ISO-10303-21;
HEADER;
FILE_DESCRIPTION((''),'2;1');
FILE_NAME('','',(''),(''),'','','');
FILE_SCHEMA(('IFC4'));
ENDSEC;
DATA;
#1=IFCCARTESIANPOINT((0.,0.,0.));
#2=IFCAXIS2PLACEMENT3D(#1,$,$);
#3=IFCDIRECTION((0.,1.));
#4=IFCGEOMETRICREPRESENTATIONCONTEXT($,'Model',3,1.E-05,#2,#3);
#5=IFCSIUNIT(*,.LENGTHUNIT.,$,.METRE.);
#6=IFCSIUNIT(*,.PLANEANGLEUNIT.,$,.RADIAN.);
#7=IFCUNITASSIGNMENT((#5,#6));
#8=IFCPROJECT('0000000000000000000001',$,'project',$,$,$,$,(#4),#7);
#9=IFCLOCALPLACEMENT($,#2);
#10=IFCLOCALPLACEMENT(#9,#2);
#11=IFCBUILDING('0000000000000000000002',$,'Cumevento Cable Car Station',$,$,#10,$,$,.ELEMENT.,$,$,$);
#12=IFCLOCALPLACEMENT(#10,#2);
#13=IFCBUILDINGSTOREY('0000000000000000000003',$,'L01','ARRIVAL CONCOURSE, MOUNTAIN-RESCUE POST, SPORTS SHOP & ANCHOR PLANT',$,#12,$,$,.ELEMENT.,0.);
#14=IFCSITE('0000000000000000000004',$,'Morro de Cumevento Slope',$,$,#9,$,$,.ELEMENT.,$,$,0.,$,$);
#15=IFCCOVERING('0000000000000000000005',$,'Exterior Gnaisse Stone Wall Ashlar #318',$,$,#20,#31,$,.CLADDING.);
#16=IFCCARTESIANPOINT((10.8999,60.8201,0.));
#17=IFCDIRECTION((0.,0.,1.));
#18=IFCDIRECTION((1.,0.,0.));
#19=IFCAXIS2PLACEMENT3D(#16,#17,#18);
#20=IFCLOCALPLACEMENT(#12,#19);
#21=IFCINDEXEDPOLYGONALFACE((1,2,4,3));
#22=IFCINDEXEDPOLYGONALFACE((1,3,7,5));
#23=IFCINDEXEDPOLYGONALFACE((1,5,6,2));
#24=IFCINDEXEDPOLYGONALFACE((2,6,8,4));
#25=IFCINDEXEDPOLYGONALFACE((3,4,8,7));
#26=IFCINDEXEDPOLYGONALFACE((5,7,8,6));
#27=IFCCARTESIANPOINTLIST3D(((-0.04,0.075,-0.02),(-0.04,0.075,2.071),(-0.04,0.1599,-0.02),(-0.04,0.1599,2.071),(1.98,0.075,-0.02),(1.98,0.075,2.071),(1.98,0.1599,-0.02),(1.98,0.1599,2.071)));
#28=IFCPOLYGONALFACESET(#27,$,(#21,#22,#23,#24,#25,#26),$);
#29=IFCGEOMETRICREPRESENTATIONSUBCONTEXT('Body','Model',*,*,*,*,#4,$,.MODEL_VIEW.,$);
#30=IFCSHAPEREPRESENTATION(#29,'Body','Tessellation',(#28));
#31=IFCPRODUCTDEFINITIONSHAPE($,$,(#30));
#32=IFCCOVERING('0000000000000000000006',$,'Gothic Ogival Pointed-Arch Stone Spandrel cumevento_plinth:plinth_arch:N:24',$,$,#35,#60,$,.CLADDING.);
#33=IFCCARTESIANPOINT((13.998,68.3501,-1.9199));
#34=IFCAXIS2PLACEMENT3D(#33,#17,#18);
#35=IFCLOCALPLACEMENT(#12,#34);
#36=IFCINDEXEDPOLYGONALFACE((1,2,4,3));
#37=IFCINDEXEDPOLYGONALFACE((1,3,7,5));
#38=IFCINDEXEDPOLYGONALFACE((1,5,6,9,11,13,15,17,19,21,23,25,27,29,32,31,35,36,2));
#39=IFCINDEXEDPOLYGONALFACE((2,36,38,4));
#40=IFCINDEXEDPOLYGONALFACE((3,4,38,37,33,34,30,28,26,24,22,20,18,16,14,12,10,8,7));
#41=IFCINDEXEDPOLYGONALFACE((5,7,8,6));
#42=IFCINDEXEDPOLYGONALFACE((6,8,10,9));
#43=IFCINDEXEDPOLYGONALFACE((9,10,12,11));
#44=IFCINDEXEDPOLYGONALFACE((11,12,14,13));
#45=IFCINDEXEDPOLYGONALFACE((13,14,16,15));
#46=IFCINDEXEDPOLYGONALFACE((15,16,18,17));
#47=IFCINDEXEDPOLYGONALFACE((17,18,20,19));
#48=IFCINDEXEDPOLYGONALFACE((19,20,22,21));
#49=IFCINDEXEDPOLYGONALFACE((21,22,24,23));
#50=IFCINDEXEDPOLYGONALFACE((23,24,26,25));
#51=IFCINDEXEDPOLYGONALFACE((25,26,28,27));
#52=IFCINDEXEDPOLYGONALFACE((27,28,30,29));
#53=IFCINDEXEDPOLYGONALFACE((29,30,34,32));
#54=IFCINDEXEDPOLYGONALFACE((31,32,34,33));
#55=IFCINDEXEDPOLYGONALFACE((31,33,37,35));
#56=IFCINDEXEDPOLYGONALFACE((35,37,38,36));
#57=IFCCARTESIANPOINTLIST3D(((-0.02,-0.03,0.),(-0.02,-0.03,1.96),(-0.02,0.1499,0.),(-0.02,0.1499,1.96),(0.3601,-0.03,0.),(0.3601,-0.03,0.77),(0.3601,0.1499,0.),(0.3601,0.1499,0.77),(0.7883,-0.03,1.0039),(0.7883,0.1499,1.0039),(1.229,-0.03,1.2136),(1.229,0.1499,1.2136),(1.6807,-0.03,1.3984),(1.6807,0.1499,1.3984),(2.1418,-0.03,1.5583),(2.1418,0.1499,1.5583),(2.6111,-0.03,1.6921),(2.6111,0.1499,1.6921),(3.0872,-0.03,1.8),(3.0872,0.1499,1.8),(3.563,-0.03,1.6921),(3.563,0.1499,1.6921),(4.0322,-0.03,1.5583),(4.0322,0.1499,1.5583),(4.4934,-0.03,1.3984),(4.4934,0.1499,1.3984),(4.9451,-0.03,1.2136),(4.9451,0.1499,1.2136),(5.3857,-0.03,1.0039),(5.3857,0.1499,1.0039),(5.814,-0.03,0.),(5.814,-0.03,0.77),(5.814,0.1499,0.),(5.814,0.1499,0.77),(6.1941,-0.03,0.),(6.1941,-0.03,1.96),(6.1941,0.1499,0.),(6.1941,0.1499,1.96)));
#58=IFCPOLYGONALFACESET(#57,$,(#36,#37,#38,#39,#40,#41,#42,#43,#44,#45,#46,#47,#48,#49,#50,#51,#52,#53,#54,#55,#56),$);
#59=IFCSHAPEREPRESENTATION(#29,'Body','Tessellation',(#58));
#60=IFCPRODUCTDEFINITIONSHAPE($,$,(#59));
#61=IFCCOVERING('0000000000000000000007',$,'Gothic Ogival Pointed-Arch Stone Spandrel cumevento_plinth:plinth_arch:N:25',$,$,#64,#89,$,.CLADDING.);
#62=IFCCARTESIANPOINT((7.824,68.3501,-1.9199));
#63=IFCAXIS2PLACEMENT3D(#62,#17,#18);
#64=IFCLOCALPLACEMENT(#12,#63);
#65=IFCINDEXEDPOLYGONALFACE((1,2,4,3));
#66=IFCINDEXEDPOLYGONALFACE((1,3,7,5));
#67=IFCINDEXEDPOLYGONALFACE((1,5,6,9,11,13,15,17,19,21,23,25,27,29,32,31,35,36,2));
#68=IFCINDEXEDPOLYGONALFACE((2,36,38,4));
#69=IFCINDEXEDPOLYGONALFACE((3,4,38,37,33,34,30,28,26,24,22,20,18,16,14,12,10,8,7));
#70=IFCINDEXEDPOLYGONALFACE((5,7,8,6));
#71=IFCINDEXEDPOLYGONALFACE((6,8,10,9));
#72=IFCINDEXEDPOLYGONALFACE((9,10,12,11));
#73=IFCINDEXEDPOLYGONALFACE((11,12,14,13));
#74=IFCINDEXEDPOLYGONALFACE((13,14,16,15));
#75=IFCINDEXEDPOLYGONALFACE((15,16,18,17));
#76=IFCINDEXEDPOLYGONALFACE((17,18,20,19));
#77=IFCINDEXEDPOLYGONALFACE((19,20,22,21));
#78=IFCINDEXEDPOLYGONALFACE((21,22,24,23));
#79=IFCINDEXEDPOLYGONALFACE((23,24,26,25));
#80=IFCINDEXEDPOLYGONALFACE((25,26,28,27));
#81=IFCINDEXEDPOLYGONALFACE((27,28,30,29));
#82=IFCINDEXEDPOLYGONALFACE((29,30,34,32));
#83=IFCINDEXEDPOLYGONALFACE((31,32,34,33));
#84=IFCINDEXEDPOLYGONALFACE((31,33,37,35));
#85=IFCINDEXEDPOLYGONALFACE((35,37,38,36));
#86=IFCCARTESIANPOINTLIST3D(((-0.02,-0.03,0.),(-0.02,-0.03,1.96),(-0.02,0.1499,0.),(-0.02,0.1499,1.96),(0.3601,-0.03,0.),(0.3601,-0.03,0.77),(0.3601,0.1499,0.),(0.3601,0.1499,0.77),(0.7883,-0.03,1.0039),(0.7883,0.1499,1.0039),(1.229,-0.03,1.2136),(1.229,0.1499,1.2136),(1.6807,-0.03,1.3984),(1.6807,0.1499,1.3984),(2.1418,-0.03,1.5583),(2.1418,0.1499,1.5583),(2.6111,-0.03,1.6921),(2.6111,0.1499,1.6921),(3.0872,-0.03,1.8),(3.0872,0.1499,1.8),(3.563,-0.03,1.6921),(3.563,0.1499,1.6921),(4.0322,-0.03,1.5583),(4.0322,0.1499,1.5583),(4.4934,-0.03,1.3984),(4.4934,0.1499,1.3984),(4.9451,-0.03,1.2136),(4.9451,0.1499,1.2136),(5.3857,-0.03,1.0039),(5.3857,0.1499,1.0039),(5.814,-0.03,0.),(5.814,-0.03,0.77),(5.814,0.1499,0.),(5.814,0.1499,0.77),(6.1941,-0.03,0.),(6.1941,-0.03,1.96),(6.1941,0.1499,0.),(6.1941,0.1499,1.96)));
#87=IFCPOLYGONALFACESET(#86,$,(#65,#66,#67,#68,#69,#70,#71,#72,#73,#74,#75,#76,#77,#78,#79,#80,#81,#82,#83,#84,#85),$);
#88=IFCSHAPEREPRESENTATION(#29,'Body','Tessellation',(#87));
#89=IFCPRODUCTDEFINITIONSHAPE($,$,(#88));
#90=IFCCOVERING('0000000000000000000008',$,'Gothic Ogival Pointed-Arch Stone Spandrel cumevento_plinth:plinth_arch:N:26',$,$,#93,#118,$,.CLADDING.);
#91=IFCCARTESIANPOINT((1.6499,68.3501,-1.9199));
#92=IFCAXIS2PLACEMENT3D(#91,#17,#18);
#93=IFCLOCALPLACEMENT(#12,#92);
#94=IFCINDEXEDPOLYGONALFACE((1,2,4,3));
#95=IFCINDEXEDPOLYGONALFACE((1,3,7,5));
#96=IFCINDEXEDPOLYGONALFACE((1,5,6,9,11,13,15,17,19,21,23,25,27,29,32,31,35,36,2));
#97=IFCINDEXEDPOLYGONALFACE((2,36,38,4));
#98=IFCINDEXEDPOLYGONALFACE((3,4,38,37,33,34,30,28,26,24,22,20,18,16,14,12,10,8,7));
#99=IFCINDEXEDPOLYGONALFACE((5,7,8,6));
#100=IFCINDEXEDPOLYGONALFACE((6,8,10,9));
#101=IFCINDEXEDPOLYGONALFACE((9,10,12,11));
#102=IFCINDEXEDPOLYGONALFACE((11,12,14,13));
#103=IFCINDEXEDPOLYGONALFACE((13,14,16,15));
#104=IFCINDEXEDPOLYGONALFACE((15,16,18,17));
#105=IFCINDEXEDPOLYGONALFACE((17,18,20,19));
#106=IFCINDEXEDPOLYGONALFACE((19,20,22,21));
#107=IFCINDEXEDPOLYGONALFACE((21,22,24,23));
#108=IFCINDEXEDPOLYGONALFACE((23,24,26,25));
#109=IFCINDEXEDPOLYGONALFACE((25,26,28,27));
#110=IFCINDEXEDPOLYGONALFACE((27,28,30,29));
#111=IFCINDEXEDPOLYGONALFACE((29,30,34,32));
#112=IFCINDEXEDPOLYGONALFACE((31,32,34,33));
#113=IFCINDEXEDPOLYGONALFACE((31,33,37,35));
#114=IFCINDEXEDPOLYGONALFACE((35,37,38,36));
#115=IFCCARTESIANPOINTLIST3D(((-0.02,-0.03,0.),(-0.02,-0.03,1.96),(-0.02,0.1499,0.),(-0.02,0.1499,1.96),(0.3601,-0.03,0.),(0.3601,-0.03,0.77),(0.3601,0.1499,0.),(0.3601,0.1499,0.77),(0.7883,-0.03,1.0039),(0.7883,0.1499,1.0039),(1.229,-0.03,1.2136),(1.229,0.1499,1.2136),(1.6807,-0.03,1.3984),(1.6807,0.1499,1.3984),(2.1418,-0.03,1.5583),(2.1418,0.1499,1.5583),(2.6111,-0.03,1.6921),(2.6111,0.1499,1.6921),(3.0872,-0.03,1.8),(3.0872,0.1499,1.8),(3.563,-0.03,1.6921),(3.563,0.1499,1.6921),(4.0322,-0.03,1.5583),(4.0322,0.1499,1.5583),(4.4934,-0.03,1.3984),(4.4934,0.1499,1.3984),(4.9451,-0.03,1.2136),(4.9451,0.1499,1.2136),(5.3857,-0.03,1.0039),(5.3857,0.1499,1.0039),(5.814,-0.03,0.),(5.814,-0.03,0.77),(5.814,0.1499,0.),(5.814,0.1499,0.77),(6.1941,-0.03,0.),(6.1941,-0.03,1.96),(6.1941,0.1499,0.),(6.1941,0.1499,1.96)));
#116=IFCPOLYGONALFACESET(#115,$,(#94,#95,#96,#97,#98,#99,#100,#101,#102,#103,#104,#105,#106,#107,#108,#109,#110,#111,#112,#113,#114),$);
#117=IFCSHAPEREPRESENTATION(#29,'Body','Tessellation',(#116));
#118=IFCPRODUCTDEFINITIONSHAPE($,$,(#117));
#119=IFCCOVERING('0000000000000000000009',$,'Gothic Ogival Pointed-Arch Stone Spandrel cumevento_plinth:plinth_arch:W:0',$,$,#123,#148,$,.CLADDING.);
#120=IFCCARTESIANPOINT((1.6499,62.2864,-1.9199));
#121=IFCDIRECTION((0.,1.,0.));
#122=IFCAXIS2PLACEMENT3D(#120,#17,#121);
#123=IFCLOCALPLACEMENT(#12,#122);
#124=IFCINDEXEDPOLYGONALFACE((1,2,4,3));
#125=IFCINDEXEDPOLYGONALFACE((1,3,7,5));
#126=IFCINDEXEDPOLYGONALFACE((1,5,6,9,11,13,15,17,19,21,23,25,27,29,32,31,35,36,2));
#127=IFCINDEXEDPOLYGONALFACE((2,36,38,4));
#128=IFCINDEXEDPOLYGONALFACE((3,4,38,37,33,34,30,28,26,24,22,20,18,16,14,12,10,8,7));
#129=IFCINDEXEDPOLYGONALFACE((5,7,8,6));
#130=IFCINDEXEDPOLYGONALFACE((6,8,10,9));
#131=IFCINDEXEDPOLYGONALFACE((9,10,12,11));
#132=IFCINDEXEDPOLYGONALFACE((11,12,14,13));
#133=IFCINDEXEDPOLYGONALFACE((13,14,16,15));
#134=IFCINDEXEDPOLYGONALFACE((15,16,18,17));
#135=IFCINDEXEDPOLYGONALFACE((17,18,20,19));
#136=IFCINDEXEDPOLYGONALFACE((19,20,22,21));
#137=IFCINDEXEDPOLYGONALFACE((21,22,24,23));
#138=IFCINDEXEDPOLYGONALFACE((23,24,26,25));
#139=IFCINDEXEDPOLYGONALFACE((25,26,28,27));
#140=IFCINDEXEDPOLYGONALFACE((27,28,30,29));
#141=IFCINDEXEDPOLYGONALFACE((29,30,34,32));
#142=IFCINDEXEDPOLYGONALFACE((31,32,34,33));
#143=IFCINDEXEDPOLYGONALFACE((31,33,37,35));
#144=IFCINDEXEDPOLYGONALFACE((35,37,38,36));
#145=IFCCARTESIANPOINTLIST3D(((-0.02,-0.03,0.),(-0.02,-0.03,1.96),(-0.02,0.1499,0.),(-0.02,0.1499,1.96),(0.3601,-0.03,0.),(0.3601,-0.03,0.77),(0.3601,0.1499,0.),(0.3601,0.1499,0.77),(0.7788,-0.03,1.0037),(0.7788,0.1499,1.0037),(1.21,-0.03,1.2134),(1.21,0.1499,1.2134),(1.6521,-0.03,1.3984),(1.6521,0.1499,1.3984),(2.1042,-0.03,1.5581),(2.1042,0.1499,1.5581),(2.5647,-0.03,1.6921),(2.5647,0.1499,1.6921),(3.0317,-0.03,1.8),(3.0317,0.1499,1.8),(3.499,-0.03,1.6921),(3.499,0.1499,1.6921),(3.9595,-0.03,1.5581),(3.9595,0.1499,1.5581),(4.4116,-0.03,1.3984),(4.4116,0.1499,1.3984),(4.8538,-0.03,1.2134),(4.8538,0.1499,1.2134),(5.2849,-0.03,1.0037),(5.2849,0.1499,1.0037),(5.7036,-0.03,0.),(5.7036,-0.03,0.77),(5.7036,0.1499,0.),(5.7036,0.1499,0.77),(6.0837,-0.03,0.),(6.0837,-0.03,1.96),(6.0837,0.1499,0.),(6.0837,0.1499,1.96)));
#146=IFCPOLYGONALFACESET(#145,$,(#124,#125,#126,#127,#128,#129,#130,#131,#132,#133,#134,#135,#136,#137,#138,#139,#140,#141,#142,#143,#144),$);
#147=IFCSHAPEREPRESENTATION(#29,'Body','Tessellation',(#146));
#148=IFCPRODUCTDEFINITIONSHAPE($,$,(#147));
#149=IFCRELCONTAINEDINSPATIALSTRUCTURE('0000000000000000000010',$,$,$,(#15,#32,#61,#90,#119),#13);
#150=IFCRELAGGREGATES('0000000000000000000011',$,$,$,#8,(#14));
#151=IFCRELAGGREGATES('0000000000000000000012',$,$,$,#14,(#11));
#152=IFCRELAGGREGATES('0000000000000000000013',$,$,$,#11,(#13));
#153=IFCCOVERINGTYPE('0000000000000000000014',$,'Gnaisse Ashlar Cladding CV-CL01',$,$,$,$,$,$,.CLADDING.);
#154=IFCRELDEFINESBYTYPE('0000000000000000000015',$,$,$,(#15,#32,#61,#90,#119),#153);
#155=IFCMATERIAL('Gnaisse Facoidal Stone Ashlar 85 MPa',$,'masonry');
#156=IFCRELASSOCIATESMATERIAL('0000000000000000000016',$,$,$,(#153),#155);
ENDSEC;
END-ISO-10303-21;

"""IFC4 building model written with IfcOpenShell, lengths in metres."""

from ifc_helpers import new_model, si_unit, direction, frame, origin, place, context, subcontext, project, spatial, polyline, outline, extrude, material, type_object, element, save


model = new_model("IFC4")

# Units and contexts
model_context = context("Model", 3, precision=1e-05, world=origin(), true_north=direction((0.0, 1.0)))
body_context = subcontext(model_context, "Body", "Model", "MODEL_VIEW")
ifc_project = project(units=[si_unit("LENGTHUNIT", "METRE"), si_unit("PLANEANGLEUNIT", "RADIAN")], contexts=[model_context])

# Site, building, storey
site_placement = place(None, origin())
site = spatial("IfcSite", under=ifc_project, at=site_placement, Name="Morro de Cumevento Slope", CompositionType="ELEMENT", RefElevation=0.0)
building_placement = place(site_placement, origin())
building = spatial("IfcBuilding", under=site, at=building_placement, Name="Cumevento Cable Car Station", CompositionType="ELEMENT")
storey_placement = place(building_placement, origin())
storey = spatial("IfcBuildingStorey", under=building, at=storey_placement, Name="L01", Description="ARRIVAL CONCOURSE, MOUNTAIN-RESCUE POST, SPORTS SHOP & ANCHOR PLANT", CompositionType="ELEMENT", Elevation=0.0)

# Coverings
ifc_material_1 = material(Name="Gnaisse Facoidal Stone Ashlar 85 MPa", Category="masonry")
covering_type = type_object("IfcCoveringType", Name="Gnaisse Ashlar Cladding CV-CL01", PredefinedType="CLADDING", material=ifc_material_1)
covering_1_placement = place(storey_placement, frame((10.8999, 60.8201, 0.0), z_axis=(0.0, 0.0, 1.0), x_axis=(1.0, 0.0, 0.0)))
element("IfcCovering", 1, at=covering_1_placement, inside=storey, type_object=covering_type, Name="Exterior Gnaisse Stone Wall Ashlar #318", PredefinedType="CLADDING", context=body_context, shape_type="SweptSolid", body=[
    extrude(outline(polyline([(-0.04, -0.02), (1.98, -0.02), (1.98, 2.071), (-0.04, 2.071), (-0.04, -0.02)])), frame((0.0, 0.1599, 0.0), z_axis=(0.0, -1.0, 0.0), x_axis=(1.0, 0.0, 0.0)), (0.0, 0.0, 1.0), 0.085),
])
for number, where, z_axis, x_axis, name in (
    (2, (13.998, 68.3501, -1.9199), (0.0, 0.0, 1.0), (1.0, 0.0, 0.0), "Gothic Ogival Pointed-Arch Stone Spandrel cumevento_plinth:plinth_arch:N:24"),
    (3, (7.824, 68.3501, -1.9199), (0.0, 0.0, 1.0), (1.0, 0.0, 0.0), "Gothic Ogival Pointed-Arch Stone Spandrel cumevento_plinth:plinth_arch:N:25"),
    (4, (1.6499, 68.3501, -1.9199), (0.0, 0.0, 1.0), (1.0, 0.0, 0.0), "Gothic Ogival Pointed-Arch Stone Spandrel cumevento_plinth:plinth_arch:N:26"),
):
    element("IfcCovering", number, at=place(storey_placement, frame(where, z_axis=z_axis, x_axis=x_axis)), inside=storey, type_object=covering_type, Name=name, PredefinedType="CLADDING", context=body_context, shape_type="SweptSolid", body=[
        extrude(outline(polyline([(-0.02, 0.0), (-0.02, 1.96), (6.1941, 1.96), (6.1941, 0.0), (5.814, 0.0), (5.814, 0.77), (5.3857, 1.0039), (4.9451, 1.2136), (4.4934, 1.3984), (4.0322, 1.5583), (3.563, 1.6921), (3.0872, 1.8), (2.6111, 1.6921), (2.1418, 1.5583), (1.6807, 1.3984), (1.229, 1.2136), (0.7883, 1.0039), (0.3601, 0.77), (0.3601, 0.0), (-0.02, 0.0)])), frame((0.0, 0.1499, 0.0), z_axis=(0.0, -1.0, 0.0), x_axis=(1.0, 0.0, 0.0)), (0.0, 0.0, 1.0), 0.1799),
    ])
covering_2_placement = place(storey_placement, frame((1.6499, 62.2864, -1.9199), z_axis=(0.0, 0.0, 1.0), x_axis=(0.0, 1.0, 0.0)))
element("IfcCovering", 5, at=covering_2_placement, inside=storey, type_object=covering_type, Name="Gothic Ogival Pointed-Arch Stone Spandrel cumevento_plinth:plinth_arch:W:0", PredefinedType="CLADDING", context=body_context, shape_type="SweptSolid", body=[
    extrude(outline(polyline([(-0.02, 0.0), (-0.02, 1.96), (6.0837, 1.96), (6.0837, 0.0), (5.7036, 0.0), (5.7036, 0.77), (5.2849, 1.0037), (4.8538, 1.2134), (4.4116, 1.3984), (3.9595, 1.5581), (3.499, 1.6921), (3.0317, 1.8), (2.5647, 1.6921), (2.1042, 1.5581), (1.6521, 1.3984), (1.21, 1.2134), (0.7788, 1.0037), (0.3601, 0.77), (0.3601, 0.0), (-0.02, 0.0)])), frame((0.0, 0.1499, 0.0), z_axis=(0.0, -1.0, 0.0), x_axis=(1.0, 0.0, 0.0)), (0.0, 0.0, 1.0), 0.1799),
])

save(model, "model.ifc")
